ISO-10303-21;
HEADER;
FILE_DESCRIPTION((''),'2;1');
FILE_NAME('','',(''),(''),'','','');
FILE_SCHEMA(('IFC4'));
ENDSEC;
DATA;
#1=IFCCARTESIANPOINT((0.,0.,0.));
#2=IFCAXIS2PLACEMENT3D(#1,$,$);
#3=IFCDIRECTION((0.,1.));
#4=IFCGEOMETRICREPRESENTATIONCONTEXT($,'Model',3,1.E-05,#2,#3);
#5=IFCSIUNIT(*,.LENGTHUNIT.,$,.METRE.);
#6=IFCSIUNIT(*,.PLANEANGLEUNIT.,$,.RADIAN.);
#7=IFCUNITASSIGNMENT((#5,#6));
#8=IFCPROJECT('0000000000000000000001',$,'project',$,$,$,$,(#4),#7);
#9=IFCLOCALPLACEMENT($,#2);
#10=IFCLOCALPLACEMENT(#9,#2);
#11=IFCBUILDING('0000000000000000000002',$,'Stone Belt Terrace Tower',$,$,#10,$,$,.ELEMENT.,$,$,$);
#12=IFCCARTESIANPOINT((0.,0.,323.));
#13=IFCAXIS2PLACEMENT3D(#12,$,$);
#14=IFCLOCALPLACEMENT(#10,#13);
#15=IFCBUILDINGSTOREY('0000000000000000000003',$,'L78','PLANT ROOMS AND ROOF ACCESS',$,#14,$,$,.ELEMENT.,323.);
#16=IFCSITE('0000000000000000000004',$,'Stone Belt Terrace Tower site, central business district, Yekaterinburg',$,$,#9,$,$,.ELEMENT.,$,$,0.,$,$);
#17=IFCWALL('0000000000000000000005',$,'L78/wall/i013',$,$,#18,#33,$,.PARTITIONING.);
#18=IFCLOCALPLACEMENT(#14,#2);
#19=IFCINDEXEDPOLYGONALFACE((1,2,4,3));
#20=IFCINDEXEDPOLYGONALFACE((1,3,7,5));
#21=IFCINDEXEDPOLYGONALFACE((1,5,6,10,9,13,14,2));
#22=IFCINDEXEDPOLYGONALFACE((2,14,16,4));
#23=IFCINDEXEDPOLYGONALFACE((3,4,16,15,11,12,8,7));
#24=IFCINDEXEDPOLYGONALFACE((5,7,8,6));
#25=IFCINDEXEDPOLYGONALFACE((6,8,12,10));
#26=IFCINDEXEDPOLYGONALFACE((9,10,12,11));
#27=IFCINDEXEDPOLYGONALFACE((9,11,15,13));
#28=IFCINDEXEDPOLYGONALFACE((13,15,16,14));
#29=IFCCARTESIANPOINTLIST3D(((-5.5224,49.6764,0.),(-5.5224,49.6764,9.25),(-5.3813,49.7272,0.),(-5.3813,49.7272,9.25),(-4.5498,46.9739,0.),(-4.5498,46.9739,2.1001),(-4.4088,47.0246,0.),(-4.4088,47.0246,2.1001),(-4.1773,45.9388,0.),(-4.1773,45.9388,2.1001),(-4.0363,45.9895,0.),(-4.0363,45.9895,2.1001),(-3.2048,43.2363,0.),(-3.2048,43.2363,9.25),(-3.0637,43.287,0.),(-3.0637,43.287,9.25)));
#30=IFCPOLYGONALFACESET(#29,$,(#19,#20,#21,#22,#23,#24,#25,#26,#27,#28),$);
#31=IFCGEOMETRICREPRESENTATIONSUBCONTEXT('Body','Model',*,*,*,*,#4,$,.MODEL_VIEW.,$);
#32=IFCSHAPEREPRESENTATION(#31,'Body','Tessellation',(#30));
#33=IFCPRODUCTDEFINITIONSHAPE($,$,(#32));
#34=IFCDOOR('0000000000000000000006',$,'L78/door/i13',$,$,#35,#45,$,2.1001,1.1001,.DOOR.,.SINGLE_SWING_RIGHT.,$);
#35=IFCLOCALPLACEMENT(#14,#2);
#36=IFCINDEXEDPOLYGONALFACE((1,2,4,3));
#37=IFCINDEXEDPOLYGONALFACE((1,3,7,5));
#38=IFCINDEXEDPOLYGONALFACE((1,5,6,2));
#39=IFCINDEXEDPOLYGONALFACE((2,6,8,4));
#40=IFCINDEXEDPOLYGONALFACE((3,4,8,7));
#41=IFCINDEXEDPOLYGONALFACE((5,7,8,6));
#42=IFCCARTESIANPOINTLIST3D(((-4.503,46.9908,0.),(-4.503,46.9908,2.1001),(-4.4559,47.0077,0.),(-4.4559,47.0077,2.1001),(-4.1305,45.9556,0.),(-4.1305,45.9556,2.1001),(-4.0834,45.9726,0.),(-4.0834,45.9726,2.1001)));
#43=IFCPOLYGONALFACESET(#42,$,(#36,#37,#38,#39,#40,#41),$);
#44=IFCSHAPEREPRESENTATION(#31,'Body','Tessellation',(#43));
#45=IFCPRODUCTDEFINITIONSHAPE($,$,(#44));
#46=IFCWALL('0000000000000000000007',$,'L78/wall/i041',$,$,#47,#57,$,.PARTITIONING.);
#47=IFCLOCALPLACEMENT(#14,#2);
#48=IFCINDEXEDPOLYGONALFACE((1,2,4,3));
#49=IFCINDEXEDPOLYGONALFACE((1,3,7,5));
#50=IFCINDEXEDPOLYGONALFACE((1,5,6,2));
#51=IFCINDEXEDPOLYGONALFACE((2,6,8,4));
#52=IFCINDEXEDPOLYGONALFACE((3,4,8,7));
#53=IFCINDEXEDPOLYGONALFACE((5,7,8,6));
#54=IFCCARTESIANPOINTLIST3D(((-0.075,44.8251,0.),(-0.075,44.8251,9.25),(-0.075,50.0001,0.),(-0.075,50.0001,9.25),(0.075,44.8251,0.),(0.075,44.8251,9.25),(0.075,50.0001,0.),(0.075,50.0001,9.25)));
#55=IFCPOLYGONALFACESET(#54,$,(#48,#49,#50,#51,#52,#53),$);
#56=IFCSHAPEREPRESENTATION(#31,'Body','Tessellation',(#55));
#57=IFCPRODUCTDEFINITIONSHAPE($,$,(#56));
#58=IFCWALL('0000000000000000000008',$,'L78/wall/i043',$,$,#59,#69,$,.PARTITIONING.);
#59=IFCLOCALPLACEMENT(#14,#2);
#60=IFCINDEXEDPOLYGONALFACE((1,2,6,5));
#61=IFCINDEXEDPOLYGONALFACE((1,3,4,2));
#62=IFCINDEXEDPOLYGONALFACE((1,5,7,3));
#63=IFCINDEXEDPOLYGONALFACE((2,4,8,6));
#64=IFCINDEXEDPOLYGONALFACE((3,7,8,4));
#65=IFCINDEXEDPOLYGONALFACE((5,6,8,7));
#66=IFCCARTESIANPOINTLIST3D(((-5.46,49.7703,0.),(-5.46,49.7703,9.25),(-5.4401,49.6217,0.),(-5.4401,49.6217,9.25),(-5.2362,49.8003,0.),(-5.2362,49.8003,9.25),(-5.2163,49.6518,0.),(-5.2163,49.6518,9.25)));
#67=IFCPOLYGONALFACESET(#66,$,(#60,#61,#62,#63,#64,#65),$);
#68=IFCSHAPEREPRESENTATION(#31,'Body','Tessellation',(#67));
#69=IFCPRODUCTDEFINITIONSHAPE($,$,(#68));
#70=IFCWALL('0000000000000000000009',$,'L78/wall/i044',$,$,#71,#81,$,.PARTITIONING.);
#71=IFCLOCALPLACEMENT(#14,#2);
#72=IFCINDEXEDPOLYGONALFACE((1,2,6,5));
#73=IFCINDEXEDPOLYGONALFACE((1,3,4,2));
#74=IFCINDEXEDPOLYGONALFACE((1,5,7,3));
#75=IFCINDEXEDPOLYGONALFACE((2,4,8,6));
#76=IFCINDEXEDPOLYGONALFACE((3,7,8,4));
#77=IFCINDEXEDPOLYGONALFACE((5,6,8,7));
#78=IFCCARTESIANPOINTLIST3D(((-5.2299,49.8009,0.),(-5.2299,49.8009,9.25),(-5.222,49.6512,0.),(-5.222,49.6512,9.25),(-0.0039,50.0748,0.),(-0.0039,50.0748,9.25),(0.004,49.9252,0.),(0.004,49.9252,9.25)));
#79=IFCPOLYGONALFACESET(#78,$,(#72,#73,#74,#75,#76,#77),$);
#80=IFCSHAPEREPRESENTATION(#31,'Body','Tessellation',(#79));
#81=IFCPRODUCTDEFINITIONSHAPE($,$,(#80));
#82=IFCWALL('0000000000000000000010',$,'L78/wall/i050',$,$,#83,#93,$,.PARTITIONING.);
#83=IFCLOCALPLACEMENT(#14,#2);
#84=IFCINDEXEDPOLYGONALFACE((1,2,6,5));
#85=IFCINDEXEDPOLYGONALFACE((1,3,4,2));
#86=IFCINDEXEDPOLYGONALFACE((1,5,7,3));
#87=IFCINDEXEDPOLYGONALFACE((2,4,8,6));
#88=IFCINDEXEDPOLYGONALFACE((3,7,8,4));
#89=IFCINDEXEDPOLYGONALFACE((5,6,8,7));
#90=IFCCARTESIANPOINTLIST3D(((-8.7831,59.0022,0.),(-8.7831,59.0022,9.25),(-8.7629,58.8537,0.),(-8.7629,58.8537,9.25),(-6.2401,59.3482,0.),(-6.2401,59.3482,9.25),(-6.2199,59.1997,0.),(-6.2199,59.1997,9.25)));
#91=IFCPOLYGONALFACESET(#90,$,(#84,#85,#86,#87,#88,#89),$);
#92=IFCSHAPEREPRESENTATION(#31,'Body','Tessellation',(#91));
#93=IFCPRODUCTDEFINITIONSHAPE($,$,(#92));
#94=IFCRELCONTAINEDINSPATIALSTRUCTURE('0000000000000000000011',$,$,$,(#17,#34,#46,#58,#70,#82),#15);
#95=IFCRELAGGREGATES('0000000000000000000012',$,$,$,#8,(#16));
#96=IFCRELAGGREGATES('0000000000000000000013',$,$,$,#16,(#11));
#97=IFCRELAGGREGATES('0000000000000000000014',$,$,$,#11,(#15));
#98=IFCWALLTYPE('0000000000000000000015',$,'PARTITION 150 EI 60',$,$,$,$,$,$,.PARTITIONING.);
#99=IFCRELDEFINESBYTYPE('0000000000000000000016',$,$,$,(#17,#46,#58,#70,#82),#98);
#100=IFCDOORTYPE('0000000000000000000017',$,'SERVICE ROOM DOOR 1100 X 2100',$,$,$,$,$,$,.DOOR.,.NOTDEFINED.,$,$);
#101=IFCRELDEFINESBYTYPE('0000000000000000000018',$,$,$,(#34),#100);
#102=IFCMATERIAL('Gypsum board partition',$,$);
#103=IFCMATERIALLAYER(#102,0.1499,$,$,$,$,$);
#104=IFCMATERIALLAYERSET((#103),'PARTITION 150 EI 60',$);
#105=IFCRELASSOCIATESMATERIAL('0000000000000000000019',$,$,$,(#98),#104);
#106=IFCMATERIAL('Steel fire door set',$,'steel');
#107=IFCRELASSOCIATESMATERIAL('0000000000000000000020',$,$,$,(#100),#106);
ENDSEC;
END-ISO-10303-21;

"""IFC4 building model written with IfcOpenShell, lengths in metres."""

from ifc_helpers import new_model, si_unit, direction, frame, frame_2d, origin, place, context, subcontext, project, spatial, rectangle, extrude, material, layer, layer_set, type_object, element, fill, save


model = new_model("IFC4")

# Units and contexts
model_context = context("Model", 3, precision=1e-05, world=origin(), true_north=direction((0.0, 1.0)))
body_context = subcontext(model_context, "Body", "Model", "MODEL_VIEW")
ifc_project = project(units=[si_unit("LENGTHUNIT", "METRE"), si_unit("PLANEANGLEUNIT", "RADIAN")], contexts=[model_context])

# Site, building, storey
site_placement = place(None, origin())
site = spatial("IfcSite", under=ifc_project, at=site_placement, Name="Stone Belt Terrace Tower site, central business district, Yekaterinburg", CompositionType="ELEMENT", RefElevation=0.0)
building_placement = place(site_placement, origin())
building = spatial("IfcBuilding", under=site, at=building_placement, Name="Stone Belt Terrace Tower", CompositionType="ELEMENT")
storey_placement = place(building_placement, frame((0.0, 0.0, 323.0)))
storey = spatial("IfcBuildingStorey", under=building, at=storey_placement, Name="L78", Description="PLANT ROOMS AND ROOF ACCESS", CompositionType="ELEMENT", Elevation=323.0)

# Wall, opening, door
ifc_material_1 = material(Name="Gypsum board partition")
ifc_layer_1 = layer(ifc_material_1, 0.1499)
ifc_layer_set_1 = layer_set([ifc_layer_1], Name="PARTITION 150 EI 60")
wall_type_1 = type_object("IfcWallType", Name="PARTITION 150 EI 60", PredefinedType="PARTITIONING", material=ifc_layer_set_1)
wall_1_placement = place(storey_placement, frame((-5.4519, 49.7019, 0.0), z_axis=(0.0, 0.0, 1.0), x_axis=(0.338611, -0.940927, 0.0)))
wall_1 = element("IfcWall", 1, at=wall_1_placement, inside=storey, type_object=wall_type_1, Name="L78/wall/i013", PredefinedType="PARTITIONING", context=body_context, shape_type="SweptSolid", body=[
    extrude(rectangle(XDim=6.8445, YDim=0.1499, at=frame_2d((3.4224, 0.0))), origin(), (0.0, 0.0, 1.0), 9.25),
])
opening_1_placement = place(wall_1_placement, frame((2.8723, 0.0, 0.0)))
opening_1 = element("IfcOpeningElement", 2, at=opening_1_placement, cuts=wall_1, PredefinedType="OPENING", context=body_context, shape_type="SweptSolid", body=[
    extrude(rectangle(XDim=1.1001, YDim=2.1001, at=frame_2d((0.55, 1.05))), frame((0.0, 0.085, 0.0), z_axis=(0.0, -1.0, 0.0), x_axis=(1.0, 0.0, 0.0)), (0.0, 0.0, 1.0), 0.1699),
])
ifc_material_2 = material(Name="Steel fire door set", Category="steel")
door_type_1 = type_object("IfcDoorType", Name="SERVICE ROOM DOOR 1100 X 2100", OperationType="NOTDEFINED", PredefinedType="DOOR", material=ifc_material_2)
door_1_placement = place(opening_1_placement, origin())
door_1 = element("IfcDoor", 3, at=door_1_placement, inside=storey, type_object=door_type_1, Name="L78/door/i13", OperationType="SINGLE_SWING_RIGHT", OverallHeight=2.1001, OverallWidth=1.1001, PredefinedType="DOOR", context=body_context, shape_type="SweptSolid", body=[
    extrude(rectangle(XDim=1.1001, YDim=2.1001, at=frame_2d((0.55, 1.05))), frame((0.0, 0.0249, 0.0), z_axis=(0.0, -1.0, 0.0), x_axis=(1.0, 0.0, 0.0)), (0.0, 0.0, 1.0), 0.05),
])
fill(opening_1, door_1)

# Walls
wall_2_placement = place(storey_placement, frame((0.0, 50.0, 0.0), z_axis=(0.0, 0.0, 1.0), x_axis=(0.0, -1.0, 0.0)))
element("IfcWall", 4, at=wall_2_placement, inside=storey, type_object=wall_type_1, Name="L78/wall/i041", PredefinedType="PARTITIONING", context=body_context, shape_type="SweptSolid", body=[
    extrude(rectangle(XDim=5.175, YDim=0.1499, at=frame_2d((2.5874, 0.0))), origin(), (0.0, 0.0, 1.0), 9.25),
])
wall_3_placement = place(storey_placement, frame((-5.45, 49.696, 0.0), z_axis=(0.0, 0.0, 1.0), x_axis=(0.991124, 0.132942, 0.0)))
element("IfcWall", 5, at=wall_3_placement, inside=storey, type_object=wall_type_1, Name="L78/wall/i043", PredefinedType="PARTITIONING", context=body_context, shape_type="SweptSolid", body=[
    extrude(rectangle(XDim=0.2258, YDim=0.1499, at=frame_2d((0.1128, 0.0))), origin(), (0.0, 0.0, 1.0), 9.25),
])
wall_4_placement = place(storey_placement, frame((-5.2261, 49.7261, 0.0), z_axis=(0.0, 0.0, 1.0), x_axis=(0.998629, 0.052343, 0.0)))
element("IfcWall", 6, at=wall_4_placement, inside=storey, type_object=wall_type_1, Name="L78/wall/i044", PredefinedType="PARTITIONING", context=body_context, shape_type="SweptSolid", body=[
    extrude(rectangle(XDim=5.2332, YDim=0.1499, at=frame_2d((2.6167, 0.0))), origin(), (0.0, 0.0, 1.0), 9.25),
])
wall_5_placement = place(storey_placement, frame((-6.23, 59.2739, 0.0), z_axis=(0.0, 0.0, 1.0), x_axis=(-0.990873, -0.134799, 0.0)))
element("IfcWall", 7, at=wall_5_placement, inside=storey, type_object=wall_type_1, Name="L78/wall/i050", PredefinedType="PARTITIONING", context=body_context, shape_type="SweptSolid", body=[
    extrude(rectangle(XDim=2.5664, YDim=0.1499, at=frame_2d((1.2832, 0.0))), origin(), (0.0, 0.0, 1.0), 9.25),
])

save(model, "model.ifc")
